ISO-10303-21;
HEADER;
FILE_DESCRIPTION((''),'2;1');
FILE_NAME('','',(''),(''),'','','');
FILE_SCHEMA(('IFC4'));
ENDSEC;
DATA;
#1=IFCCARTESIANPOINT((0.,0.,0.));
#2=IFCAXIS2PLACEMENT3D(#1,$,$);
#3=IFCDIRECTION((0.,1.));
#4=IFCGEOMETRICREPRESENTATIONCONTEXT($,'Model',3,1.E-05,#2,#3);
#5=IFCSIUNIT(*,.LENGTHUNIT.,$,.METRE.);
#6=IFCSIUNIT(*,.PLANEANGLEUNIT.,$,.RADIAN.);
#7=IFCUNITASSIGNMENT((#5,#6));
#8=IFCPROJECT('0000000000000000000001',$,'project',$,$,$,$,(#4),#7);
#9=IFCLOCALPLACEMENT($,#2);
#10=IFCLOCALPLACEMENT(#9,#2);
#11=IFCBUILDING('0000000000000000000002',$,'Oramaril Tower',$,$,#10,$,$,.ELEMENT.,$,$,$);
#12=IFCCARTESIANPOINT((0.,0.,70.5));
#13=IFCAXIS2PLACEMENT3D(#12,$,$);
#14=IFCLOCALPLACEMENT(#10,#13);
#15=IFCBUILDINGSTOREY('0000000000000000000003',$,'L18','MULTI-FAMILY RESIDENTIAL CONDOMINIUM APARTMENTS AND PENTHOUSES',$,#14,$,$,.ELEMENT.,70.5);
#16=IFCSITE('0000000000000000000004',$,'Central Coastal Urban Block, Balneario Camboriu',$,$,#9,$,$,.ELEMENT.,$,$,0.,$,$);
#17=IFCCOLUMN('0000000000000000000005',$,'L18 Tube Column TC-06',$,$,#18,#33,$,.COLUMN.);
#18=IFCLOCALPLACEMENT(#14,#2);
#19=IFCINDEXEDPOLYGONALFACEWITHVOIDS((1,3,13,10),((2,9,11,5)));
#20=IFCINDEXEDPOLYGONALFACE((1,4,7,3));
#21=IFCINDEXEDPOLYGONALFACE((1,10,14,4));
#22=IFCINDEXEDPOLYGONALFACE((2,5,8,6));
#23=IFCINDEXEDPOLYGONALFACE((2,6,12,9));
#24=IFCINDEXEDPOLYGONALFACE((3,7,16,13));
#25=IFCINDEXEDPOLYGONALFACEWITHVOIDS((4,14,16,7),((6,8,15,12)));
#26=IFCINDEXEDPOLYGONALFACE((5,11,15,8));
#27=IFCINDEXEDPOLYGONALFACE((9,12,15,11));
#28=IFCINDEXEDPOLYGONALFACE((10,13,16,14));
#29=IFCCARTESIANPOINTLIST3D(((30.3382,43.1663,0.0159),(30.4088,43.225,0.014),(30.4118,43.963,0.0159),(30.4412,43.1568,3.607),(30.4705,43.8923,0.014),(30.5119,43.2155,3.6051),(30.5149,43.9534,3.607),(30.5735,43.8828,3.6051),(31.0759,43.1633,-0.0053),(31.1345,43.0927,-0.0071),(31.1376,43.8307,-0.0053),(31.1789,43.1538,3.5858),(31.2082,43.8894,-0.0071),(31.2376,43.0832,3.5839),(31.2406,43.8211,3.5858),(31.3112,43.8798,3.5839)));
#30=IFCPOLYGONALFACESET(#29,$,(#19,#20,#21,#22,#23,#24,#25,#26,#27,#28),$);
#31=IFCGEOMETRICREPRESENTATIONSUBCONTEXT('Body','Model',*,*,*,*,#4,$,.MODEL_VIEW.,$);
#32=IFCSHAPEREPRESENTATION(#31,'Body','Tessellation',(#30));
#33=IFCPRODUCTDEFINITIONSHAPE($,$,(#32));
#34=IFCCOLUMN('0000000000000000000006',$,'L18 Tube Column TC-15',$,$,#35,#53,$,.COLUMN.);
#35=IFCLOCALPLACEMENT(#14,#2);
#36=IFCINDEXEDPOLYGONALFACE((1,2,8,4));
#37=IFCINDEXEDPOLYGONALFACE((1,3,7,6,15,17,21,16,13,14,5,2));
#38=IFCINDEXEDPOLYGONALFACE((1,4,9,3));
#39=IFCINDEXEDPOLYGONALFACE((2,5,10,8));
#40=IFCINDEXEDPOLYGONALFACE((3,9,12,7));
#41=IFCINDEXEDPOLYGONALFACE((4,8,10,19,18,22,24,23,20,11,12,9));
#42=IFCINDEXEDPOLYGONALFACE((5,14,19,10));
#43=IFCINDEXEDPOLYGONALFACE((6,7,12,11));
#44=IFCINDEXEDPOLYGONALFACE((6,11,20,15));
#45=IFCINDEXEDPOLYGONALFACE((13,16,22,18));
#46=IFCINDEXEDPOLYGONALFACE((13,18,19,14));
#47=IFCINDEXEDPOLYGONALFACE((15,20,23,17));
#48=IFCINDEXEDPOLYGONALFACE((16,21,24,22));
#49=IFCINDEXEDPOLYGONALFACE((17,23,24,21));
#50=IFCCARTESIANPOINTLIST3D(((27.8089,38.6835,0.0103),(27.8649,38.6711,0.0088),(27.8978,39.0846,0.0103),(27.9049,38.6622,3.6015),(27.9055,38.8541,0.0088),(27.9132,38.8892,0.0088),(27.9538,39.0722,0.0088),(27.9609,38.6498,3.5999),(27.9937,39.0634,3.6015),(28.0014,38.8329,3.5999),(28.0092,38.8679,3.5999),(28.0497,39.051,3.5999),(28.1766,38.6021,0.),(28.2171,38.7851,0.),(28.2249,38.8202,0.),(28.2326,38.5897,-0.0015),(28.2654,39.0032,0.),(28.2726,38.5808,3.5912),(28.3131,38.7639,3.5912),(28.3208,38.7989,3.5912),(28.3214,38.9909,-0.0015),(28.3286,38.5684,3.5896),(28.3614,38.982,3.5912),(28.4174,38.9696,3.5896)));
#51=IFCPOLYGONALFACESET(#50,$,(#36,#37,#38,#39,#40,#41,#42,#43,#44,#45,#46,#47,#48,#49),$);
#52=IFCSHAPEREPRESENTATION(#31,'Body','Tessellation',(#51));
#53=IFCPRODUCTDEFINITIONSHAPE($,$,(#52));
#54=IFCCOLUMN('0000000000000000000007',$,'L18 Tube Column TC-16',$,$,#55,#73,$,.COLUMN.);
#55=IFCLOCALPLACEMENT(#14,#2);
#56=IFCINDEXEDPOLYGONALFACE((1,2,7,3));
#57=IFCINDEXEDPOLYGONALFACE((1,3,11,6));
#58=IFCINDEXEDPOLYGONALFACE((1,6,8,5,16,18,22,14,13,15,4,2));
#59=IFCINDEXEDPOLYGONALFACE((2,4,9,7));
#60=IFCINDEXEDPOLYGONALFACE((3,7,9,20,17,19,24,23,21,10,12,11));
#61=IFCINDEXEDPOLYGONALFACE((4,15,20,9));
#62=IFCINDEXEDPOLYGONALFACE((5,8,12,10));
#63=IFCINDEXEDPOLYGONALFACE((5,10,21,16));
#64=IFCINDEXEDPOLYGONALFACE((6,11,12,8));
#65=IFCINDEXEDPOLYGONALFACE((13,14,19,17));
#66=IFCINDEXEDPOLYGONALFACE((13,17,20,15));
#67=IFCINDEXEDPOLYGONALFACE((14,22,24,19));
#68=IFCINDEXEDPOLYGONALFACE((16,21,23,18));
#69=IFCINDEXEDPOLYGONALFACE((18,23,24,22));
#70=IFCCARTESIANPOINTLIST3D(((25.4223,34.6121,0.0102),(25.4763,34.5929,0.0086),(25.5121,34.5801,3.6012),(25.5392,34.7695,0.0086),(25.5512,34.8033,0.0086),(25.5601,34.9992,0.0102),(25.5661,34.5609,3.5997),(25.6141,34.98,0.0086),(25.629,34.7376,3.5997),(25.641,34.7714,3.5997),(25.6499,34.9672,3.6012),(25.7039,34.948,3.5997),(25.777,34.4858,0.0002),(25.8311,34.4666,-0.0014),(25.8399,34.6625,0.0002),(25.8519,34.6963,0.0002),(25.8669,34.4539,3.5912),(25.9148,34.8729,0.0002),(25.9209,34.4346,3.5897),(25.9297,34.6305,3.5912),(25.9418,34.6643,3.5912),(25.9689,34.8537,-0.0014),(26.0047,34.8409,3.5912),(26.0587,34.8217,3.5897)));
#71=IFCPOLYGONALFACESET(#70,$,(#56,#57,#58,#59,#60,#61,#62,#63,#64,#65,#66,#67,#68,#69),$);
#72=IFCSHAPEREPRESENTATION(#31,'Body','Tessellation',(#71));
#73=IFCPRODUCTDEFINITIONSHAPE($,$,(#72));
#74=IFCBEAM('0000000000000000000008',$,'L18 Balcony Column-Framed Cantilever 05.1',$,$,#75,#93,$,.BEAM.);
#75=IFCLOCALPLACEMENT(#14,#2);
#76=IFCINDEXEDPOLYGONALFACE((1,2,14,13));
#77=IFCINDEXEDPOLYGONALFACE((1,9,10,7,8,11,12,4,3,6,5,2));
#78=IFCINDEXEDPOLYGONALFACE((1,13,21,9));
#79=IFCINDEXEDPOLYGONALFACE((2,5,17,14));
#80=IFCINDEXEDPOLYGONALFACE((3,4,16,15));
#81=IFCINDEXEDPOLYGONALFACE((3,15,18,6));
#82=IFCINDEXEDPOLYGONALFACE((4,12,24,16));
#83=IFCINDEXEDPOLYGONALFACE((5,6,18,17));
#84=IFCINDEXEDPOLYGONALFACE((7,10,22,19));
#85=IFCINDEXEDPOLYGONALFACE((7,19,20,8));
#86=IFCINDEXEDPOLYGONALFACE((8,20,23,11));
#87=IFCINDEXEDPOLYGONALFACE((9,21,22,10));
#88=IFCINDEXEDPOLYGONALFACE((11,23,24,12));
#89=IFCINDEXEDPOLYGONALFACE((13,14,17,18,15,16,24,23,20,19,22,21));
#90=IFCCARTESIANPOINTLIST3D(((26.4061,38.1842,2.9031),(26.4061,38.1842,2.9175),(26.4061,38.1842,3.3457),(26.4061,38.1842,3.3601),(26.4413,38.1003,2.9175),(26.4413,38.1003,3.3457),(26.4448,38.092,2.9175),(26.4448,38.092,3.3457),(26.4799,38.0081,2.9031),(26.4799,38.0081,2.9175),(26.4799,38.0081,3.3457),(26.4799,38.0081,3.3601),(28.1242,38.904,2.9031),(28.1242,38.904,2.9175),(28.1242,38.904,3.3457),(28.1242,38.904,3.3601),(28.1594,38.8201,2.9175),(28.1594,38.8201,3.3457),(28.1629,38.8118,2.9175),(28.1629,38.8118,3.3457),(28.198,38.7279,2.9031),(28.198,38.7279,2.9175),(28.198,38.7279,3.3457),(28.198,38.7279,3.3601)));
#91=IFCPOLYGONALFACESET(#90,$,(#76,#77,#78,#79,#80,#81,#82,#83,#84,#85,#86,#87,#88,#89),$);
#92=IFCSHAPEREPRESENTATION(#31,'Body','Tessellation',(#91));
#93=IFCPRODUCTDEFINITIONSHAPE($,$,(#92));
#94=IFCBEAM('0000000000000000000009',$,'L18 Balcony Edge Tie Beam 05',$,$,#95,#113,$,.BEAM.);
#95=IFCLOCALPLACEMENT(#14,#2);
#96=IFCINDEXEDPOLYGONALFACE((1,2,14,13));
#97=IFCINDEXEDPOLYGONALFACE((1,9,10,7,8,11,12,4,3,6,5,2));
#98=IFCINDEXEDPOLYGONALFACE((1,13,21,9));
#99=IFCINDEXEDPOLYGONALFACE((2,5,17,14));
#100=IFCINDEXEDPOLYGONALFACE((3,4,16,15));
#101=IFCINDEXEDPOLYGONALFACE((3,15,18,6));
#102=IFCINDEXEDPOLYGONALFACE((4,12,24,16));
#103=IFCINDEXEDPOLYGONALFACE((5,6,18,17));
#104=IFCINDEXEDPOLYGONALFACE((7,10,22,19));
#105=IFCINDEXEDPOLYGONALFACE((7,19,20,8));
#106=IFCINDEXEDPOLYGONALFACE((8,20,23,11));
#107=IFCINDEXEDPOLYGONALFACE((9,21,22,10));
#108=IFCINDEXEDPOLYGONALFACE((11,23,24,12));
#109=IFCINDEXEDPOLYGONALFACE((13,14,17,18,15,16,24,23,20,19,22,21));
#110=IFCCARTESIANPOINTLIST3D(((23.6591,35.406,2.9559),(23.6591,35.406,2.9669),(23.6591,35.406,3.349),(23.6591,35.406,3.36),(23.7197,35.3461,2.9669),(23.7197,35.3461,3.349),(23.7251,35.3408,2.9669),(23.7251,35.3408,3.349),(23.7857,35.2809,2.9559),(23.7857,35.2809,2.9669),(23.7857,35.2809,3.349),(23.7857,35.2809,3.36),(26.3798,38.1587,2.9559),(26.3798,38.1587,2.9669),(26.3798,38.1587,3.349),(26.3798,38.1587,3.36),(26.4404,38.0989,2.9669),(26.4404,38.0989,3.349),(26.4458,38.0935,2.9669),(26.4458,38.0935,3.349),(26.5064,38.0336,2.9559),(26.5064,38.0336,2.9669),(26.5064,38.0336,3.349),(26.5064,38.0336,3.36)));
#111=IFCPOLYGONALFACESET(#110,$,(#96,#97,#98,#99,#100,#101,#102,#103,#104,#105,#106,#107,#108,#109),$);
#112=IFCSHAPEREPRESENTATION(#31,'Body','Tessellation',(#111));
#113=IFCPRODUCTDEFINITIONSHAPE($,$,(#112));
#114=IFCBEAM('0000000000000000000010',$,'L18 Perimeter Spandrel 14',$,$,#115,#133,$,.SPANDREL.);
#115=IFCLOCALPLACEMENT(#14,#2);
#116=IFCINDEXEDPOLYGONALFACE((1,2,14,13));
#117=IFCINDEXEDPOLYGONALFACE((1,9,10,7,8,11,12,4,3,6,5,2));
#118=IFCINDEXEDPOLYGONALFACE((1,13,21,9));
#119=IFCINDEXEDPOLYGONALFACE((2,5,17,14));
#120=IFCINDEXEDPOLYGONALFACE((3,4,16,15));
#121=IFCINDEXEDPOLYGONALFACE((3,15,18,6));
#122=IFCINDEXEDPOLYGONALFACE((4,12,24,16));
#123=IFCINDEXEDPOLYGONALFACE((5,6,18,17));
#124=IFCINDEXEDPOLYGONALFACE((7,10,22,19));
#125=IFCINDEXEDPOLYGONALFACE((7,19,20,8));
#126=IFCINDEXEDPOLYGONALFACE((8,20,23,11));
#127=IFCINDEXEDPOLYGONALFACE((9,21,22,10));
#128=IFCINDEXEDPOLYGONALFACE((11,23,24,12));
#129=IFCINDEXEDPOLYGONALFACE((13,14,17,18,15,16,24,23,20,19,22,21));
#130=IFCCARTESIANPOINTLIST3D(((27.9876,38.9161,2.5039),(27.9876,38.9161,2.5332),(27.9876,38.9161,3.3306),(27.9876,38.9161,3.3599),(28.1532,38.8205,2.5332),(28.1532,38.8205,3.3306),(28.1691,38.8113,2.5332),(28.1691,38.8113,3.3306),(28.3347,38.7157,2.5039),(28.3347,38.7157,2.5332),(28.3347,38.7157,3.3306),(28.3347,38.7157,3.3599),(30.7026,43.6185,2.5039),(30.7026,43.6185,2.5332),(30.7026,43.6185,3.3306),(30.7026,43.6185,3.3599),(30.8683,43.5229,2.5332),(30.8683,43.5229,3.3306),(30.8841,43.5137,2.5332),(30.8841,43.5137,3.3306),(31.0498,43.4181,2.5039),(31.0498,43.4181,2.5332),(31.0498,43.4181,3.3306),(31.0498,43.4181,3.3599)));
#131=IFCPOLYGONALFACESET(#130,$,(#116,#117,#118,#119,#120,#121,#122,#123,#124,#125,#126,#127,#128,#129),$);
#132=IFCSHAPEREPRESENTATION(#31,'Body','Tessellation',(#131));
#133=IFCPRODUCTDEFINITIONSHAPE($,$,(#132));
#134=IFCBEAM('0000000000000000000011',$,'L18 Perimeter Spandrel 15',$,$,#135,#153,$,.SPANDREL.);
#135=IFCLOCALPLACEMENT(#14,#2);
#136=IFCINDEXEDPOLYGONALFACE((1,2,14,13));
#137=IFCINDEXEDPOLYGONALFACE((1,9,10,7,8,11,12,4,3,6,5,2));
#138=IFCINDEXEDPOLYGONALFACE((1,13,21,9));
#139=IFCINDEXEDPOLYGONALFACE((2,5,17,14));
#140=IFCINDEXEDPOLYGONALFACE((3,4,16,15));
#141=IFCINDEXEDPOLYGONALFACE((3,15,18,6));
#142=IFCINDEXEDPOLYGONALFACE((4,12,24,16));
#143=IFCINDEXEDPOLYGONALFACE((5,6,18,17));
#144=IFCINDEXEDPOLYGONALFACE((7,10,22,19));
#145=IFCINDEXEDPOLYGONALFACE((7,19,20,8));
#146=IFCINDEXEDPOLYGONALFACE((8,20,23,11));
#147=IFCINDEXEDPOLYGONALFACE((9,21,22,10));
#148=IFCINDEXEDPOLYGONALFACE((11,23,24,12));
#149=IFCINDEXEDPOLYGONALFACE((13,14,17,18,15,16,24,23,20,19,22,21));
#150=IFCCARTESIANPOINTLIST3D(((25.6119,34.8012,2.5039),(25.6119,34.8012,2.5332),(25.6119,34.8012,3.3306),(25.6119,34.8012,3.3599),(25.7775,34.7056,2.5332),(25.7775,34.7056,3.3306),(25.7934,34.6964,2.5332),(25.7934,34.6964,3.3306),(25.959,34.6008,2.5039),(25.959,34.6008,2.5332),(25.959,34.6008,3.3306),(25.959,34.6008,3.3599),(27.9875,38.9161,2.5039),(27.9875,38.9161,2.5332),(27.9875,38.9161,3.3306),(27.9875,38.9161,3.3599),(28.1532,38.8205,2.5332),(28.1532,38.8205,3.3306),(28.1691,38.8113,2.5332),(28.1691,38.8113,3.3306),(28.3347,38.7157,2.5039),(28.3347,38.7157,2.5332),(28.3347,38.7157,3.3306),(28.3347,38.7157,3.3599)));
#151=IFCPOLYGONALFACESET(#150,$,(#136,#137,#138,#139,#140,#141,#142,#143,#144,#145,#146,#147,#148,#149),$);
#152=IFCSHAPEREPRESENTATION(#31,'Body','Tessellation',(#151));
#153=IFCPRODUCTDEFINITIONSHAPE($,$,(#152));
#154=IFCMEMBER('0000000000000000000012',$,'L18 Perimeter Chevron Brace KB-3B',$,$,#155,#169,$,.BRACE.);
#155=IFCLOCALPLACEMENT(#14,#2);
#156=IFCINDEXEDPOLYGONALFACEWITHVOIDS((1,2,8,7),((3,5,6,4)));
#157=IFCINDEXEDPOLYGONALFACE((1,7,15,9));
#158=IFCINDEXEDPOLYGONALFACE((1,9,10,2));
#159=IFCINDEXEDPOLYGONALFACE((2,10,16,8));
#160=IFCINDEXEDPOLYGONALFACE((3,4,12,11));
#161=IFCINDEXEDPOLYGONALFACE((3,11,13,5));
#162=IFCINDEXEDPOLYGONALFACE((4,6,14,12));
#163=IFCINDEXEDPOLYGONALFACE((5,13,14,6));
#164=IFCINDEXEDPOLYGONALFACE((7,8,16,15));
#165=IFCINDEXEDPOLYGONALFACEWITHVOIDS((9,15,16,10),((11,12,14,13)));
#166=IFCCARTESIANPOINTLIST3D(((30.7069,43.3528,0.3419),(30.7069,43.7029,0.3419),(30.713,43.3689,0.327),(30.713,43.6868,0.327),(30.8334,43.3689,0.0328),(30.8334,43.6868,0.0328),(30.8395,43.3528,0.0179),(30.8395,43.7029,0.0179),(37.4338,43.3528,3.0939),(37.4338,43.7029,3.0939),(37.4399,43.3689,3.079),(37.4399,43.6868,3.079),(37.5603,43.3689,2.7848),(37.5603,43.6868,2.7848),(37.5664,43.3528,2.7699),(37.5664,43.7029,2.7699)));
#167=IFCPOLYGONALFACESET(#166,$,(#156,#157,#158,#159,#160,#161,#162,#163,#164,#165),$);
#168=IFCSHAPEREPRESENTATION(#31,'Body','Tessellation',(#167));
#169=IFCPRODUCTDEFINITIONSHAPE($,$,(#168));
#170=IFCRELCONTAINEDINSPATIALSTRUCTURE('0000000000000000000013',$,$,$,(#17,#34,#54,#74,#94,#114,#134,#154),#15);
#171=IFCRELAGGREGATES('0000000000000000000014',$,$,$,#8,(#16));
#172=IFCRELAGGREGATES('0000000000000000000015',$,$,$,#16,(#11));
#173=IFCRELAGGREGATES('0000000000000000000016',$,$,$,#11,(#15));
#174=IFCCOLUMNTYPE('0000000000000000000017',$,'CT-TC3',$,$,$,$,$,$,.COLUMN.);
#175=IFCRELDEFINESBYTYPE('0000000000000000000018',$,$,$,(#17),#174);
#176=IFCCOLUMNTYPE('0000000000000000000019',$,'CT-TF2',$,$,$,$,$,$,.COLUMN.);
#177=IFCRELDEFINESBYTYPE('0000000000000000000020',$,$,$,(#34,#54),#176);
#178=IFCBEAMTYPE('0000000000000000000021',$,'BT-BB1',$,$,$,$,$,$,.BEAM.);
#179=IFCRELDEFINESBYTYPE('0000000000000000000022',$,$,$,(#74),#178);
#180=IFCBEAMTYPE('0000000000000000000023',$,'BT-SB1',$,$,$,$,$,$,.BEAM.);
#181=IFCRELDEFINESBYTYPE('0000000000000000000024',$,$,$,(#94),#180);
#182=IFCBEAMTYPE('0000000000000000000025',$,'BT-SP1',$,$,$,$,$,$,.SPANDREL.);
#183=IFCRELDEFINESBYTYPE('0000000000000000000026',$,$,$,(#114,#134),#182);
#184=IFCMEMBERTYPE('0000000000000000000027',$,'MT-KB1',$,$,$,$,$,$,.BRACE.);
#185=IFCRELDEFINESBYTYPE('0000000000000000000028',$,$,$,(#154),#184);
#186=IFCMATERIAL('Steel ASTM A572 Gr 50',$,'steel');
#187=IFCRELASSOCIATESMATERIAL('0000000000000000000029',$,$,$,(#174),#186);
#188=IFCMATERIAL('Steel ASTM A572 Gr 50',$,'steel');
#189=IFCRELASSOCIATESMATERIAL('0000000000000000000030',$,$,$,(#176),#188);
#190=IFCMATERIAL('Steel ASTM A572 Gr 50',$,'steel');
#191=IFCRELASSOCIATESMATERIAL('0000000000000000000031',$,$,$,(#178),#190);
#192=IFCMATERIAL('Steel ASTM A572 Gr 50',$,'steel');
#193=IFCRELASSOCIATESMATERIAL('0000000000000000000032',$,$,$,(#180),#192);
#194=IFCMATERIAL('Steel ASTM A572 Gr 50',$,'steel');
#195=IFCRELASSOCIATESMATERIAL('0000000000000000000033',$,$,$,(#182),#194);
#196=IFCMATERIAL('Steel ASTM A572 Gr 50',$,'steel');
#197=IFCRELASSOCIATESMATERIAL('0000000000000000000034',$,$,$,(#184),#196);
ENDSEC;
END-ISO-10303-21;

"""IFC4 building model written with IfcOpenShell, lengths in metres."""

from ifc_helpers import new_model, si_unit, direction, frame, origin, origin_2d, place, context, subcontext, project, spatial, hollow_rectangle, i_section, extrude, material, material_profile, profile_set, type_object, element, save


model = new_model("IFC4")

# Units and contexts
model_context = context("Model", 3, precision=1e-05, world=origin(), true_north=direction((0.0, 1.0)))
body_context = subcontext(model_context, "Body", "Model", "MODEL_VIEW")
ifc_project = project(units=[si_unit("LENGTHUNIT", "METRE"), si_unit("PLANEANGLEUNIT", "RADIAN")], contexts=[model_context])

# Site, building, storey
site_placement = place(None, origin())
site = spatial("IfcSite", under=ifc_project, at=site_placement, Name="Central Coastal Urban Block, Balneario Camboriu", CompositionType="ELEMENT", RefElevation=0.0)
building_placement = place(site_placement, origin())
building = spatial("IfcBuilding", under=site, at=building_placement, Name="Oramaril Tower", CompositionType="ELEMENT")
storey_placement = place(building_placement, frame((0.0, 0.0, 70.5)))
storey = spatial("IfcBuildingStorey", under=building, at=storey_placement, Name="L18", Description="MULTI-FAMILY RESIDENTIAL CONDOMINIUM APARTMENTS AND PENTHOUSES", CompositionType="ELEMENT", Elevation=70.5)

# Columns
ifc_material_1 = material(Name="Steel ASTM A572 Gr 50", Category="steel")
ifc_material_profile_1 = material_profile(ifc_material_1, hollow_rectangle(XDim=0.8, YDim=0.8, WallThickness=0.0649, at=origin_2d()), Name="BOX800X800X65")
ifc_profile_set_1 = profile_set([ifc_material_profile_1], Name="Steel ASTM A572 Gr 50")
column_type_1 = type_object("IfcColumnType", Name="CT-TC3", PredefinedType="COLUMN", material=ifc_profile_set_1)
column_1_placement = place(storey_placement, frame((30.7732, 43.5278, 0.0044), z_axis=(0.028678, -0.00265, 0.999585), x_axis=(0.092025, 0.995757, 0.0)))
element("IfcColumn", 1, at=column_1_placement, inside=storey, type_object=column_type_1, Name="L18 Tube Column TC-06", PredefinedType="COLUMN", context=body_context, shape_type="SweptSolid", body=[
    extrude(hollow_rectangle(XDim=0.8, YDim=0.8, WallThickness=0.0649, at=origin_2d()), origin(), (0.0, 0.0, 1.0), 3.5925),
])
ifc_material_2 = material(Name="Steel ASTM A572 Gr 50", Category="steel")
ifc_material_profile_2 = material_profile(ifc_material_2, i_section(OverallWidth=0.4109, OverallDepth=0.4341, WebThickness=0.0359, FlangeThickness=0.0574, at=origin_2d()), Name="W14X311")
ifc_profile_set_2 = profile_set([ifc_material_profile_2], Name="Steel ASTM A572 Gr 50")
column_type_2 = type_object("IfcColumnType", Name="CT-TF2", PredefinedType="COLUMN", material=ifc_profile_set_2)
column_2_placement = place(storey_placement, frame((28.0652, 38.8372, 0.0044), z_axis=(0.026708, -0.005913, 0.999626), x_axis=(0.216141, 0.976362, 0.0)))
element("IfcColumn", 2, at=column_2_placement, inside=storey, type_object=column_type_2, Name="L18 Tube Column TC-15", PredefinedType="COLUMN", context=body_context, shape_type="SweptSolid", body=[
    extrude(i_section(OverallWidth=0.4109, OverallDepth=0.4341, WebThickness=0.0359, FlangeThickness=0.0574, at=origin_2d()), origin(), (0.0, 0.0, 1.0), 3.5925),
])
column_3_placement = place(storey_placement, frame((25.6956, 34.7329, 0.0044), z_axis=(0.02501, -0.008903, 0.999648), x_axis=(0.335363, 0.942089, 0.0)))
element("IfcColumn", 3, at=column_3_placement, inside=storey, type_object=column_type_2, Name="L18 Tube Column TC-16", PredefinedType="COLUMN", context=body_context, shape_type="SweptSolid", body=[
    extrude(i_section(OverallWidth=0.4109, OverallDepth=0.4341, WebThickness=0.0359, FlangeThickness=0.0574, at=origin_2d()), origin(), (0.0, 0.0, 1.0), 3.5923),
])

# Beams
ifc_material_3 = material(Name="Steel ASTM A572 Gr 50", Category="steel")
ifc_material_profile_3 = material_profile(ifc_material_3, i_section(OverallWidth=0.1909, OverallDepth=0.457, WebThickness=0.009, FlangeThickness=0.0144, at=origin_2d()), Name="W18X50")
ifc_profile_set_3 = profile_set([ifc_material_profile_3], Name="Steel ASTM A572 Gr 50")
beam_type_1 = type_object("IfcBeamType", Name="BT-BB1", PredefinedType="BEAM", material=ifc_profile_set_3)
beam_1_placement = place(storey_placement, frame((28.1611, 38.8159, 3.1316), z_axis=(-0.922335, -0.386392, 0.0), x_axis=(0.386392, -0.922335, 0.0)))
element("IfcBeam", 4, at=beam_1_placement, inside=storey, type_object=beam_type_1, Name="L18 Balcony Column-Framed Cantilever 05.1", PredefinedType="BEAM", context=body_context, shape_type="SweptSolid", body=[
    extrude(i_section(OverallWidth=0.1909, OverallDepth=0.457, WebThickness=0.009, FlangeThickness=0.0144, at=origin_2d()), origin(), (0.0, 0.0, 1.0), 1.8628),
])
ifc_material_4 = material(Name="Steel ASTM A572 Gr 50", Category="steel")
ifc_material_profile_4 = material_profile(ifc_material_4, i_section(OverallWidth=0.178, OverallDepth=0.4041, WebThickness=0.0076, FlangeThickness=0.011, at=origin_2d()), Name="W16X36")
ifc_profile_set_4 = profile_set([ifc_material_profile_4], Name="Steel ASTM A572 Gr 50")
beam_type_2 = type_object("IfcBeamType", Name="BT-SB1", PredefinedType="BEAM", material=ifc_profile_set_4)
beam_2_placement = place(storey_placement, frame((26.4431, 38.0962, 3.158), z_axis=(-0.702963, -0.711226, 0.0), x_axis=(0.711226, -0.702963, 0.0)))
element("IfcBeam", 5, at=beam_2_placement, inside=storey, type_object=beam_type_2, Name="L18 Balcony Edge Tie Beam 05", PredefinedType="BEAM", context=body_context, shape_type="SweptSolid", body=[
    extrude(i_section(OverallWidth=0.178, OverallDepth=0.4041, WebThickness=0.0076, FlangeThickness=0.011, at=origin_2d()), origin(), (0.0, 0.0, 1.0), 3.8704),
])
ifc_material_5 = material(Name="Steel ASTM A572 Gr 50", Category="steel")
ifc_material_profile_5 = material_profile(ifc_material_5, i_section(OverallWidth=0.4009, OverallDepth=0.856, WebThickness=0.0183, FlangeThickness=0.0293, at=origin_2d()), Name="W33X201")
ifc_profile_set_5 = profile_set([ifc_material_profile_5], Name="Steel ASTM A572 Gr 50")
beam_type_3 = type_object("IfcBeamType", Name="BT-SP1", PredefinedType="SPANDREL", material=ifc_profile_set_5)
beam_3_placement = place(storey_placement, frame((30.8762, 43.5183, 2.9319), z_axis=(-0.500022, -0.866013, 0.0), x_axis=(0.866013, -0.500022, 0.0)))
element("IfcBeam", 6, at=beam_3_placement, inside=storey, type_object=beam_type_3, Name="L18 Perimeter Spandrel 14", PredefinedType="SPANDREL", context=body_context, shape_type="SweptSolid", body=[
    extrude(i_section(OverallWidth=0.4009, OverallDepth=0.856, WebThickness=0.0183, FlangeThickness=0.0293, at=origin_2d()), origin(), (0.0, 0.0, 1.0), 5.4299),
])
beam_4_placement = place(storey_placement, frame((28.1611, 38.8159, 2.9319), z_axis=(-0.499991, -0.866031, 0.0), x_axis=(0.866031, -0.499991, 0.0)))
element("IfcBeam", 7, at=beam_4_placement, inside=storey, type_object=beam_type_3, Name="L18 Perimeter Spandrel 15", PredefinedType="SPANDREL", context=body_context, shape_type="SweptSolid", body=[
    extrude(i_section(OverallWidth=0.4009, OverallDepth=0.856, WebThickness=0.0183, FlangeThickness=0.0293, at=origin_2d()), origin(), (0.0, 0.0, 1.0), 4.7515),
])

# Member
ifc_material_6 = material(Name="Steel ASTM A572 Gr 50", Category="steel")
ifc_material_profile_6 = material_profile(ifc_material_6, hollow_rectangle(XDim=0.3501, YDim=0.3501, WallThickness=0.0161, at=origin_2d()), Name="HSS350X350X16")
ifc_profile_set_6 = profile_set([ifc_material_profile_6], Name="Steel ASTM A572 Gr 50")
member_type = type_object("IfcMemberType", Name="MT-KB1", PredefinedType="BRACE", material=ifc_profile_set_6)
member_placement = place(storey_placement, frame((30.7732, 43.5278, 0.1799), z_axis=(0.925543, 0.0, 0.378642), x_axis=(0.0, 1.0, 0.0)))
element("IfcMember", 8, at=member_placement, inside=storey, type_object=member_type, Name="L18 Perimeter Chevron Brace KB-3B", PredefinedType="BRACE", context=body_context, shape_type="SweptSolid", body=[
    extrude(hollow_rectangle(XDim=0.3501, YDim=0.3501, WallThickness=0.0161, at=origin_2d()), origin(), (0.0, 0.0, 1.0), 7.2681),
])

save(model, "model.ifc")
